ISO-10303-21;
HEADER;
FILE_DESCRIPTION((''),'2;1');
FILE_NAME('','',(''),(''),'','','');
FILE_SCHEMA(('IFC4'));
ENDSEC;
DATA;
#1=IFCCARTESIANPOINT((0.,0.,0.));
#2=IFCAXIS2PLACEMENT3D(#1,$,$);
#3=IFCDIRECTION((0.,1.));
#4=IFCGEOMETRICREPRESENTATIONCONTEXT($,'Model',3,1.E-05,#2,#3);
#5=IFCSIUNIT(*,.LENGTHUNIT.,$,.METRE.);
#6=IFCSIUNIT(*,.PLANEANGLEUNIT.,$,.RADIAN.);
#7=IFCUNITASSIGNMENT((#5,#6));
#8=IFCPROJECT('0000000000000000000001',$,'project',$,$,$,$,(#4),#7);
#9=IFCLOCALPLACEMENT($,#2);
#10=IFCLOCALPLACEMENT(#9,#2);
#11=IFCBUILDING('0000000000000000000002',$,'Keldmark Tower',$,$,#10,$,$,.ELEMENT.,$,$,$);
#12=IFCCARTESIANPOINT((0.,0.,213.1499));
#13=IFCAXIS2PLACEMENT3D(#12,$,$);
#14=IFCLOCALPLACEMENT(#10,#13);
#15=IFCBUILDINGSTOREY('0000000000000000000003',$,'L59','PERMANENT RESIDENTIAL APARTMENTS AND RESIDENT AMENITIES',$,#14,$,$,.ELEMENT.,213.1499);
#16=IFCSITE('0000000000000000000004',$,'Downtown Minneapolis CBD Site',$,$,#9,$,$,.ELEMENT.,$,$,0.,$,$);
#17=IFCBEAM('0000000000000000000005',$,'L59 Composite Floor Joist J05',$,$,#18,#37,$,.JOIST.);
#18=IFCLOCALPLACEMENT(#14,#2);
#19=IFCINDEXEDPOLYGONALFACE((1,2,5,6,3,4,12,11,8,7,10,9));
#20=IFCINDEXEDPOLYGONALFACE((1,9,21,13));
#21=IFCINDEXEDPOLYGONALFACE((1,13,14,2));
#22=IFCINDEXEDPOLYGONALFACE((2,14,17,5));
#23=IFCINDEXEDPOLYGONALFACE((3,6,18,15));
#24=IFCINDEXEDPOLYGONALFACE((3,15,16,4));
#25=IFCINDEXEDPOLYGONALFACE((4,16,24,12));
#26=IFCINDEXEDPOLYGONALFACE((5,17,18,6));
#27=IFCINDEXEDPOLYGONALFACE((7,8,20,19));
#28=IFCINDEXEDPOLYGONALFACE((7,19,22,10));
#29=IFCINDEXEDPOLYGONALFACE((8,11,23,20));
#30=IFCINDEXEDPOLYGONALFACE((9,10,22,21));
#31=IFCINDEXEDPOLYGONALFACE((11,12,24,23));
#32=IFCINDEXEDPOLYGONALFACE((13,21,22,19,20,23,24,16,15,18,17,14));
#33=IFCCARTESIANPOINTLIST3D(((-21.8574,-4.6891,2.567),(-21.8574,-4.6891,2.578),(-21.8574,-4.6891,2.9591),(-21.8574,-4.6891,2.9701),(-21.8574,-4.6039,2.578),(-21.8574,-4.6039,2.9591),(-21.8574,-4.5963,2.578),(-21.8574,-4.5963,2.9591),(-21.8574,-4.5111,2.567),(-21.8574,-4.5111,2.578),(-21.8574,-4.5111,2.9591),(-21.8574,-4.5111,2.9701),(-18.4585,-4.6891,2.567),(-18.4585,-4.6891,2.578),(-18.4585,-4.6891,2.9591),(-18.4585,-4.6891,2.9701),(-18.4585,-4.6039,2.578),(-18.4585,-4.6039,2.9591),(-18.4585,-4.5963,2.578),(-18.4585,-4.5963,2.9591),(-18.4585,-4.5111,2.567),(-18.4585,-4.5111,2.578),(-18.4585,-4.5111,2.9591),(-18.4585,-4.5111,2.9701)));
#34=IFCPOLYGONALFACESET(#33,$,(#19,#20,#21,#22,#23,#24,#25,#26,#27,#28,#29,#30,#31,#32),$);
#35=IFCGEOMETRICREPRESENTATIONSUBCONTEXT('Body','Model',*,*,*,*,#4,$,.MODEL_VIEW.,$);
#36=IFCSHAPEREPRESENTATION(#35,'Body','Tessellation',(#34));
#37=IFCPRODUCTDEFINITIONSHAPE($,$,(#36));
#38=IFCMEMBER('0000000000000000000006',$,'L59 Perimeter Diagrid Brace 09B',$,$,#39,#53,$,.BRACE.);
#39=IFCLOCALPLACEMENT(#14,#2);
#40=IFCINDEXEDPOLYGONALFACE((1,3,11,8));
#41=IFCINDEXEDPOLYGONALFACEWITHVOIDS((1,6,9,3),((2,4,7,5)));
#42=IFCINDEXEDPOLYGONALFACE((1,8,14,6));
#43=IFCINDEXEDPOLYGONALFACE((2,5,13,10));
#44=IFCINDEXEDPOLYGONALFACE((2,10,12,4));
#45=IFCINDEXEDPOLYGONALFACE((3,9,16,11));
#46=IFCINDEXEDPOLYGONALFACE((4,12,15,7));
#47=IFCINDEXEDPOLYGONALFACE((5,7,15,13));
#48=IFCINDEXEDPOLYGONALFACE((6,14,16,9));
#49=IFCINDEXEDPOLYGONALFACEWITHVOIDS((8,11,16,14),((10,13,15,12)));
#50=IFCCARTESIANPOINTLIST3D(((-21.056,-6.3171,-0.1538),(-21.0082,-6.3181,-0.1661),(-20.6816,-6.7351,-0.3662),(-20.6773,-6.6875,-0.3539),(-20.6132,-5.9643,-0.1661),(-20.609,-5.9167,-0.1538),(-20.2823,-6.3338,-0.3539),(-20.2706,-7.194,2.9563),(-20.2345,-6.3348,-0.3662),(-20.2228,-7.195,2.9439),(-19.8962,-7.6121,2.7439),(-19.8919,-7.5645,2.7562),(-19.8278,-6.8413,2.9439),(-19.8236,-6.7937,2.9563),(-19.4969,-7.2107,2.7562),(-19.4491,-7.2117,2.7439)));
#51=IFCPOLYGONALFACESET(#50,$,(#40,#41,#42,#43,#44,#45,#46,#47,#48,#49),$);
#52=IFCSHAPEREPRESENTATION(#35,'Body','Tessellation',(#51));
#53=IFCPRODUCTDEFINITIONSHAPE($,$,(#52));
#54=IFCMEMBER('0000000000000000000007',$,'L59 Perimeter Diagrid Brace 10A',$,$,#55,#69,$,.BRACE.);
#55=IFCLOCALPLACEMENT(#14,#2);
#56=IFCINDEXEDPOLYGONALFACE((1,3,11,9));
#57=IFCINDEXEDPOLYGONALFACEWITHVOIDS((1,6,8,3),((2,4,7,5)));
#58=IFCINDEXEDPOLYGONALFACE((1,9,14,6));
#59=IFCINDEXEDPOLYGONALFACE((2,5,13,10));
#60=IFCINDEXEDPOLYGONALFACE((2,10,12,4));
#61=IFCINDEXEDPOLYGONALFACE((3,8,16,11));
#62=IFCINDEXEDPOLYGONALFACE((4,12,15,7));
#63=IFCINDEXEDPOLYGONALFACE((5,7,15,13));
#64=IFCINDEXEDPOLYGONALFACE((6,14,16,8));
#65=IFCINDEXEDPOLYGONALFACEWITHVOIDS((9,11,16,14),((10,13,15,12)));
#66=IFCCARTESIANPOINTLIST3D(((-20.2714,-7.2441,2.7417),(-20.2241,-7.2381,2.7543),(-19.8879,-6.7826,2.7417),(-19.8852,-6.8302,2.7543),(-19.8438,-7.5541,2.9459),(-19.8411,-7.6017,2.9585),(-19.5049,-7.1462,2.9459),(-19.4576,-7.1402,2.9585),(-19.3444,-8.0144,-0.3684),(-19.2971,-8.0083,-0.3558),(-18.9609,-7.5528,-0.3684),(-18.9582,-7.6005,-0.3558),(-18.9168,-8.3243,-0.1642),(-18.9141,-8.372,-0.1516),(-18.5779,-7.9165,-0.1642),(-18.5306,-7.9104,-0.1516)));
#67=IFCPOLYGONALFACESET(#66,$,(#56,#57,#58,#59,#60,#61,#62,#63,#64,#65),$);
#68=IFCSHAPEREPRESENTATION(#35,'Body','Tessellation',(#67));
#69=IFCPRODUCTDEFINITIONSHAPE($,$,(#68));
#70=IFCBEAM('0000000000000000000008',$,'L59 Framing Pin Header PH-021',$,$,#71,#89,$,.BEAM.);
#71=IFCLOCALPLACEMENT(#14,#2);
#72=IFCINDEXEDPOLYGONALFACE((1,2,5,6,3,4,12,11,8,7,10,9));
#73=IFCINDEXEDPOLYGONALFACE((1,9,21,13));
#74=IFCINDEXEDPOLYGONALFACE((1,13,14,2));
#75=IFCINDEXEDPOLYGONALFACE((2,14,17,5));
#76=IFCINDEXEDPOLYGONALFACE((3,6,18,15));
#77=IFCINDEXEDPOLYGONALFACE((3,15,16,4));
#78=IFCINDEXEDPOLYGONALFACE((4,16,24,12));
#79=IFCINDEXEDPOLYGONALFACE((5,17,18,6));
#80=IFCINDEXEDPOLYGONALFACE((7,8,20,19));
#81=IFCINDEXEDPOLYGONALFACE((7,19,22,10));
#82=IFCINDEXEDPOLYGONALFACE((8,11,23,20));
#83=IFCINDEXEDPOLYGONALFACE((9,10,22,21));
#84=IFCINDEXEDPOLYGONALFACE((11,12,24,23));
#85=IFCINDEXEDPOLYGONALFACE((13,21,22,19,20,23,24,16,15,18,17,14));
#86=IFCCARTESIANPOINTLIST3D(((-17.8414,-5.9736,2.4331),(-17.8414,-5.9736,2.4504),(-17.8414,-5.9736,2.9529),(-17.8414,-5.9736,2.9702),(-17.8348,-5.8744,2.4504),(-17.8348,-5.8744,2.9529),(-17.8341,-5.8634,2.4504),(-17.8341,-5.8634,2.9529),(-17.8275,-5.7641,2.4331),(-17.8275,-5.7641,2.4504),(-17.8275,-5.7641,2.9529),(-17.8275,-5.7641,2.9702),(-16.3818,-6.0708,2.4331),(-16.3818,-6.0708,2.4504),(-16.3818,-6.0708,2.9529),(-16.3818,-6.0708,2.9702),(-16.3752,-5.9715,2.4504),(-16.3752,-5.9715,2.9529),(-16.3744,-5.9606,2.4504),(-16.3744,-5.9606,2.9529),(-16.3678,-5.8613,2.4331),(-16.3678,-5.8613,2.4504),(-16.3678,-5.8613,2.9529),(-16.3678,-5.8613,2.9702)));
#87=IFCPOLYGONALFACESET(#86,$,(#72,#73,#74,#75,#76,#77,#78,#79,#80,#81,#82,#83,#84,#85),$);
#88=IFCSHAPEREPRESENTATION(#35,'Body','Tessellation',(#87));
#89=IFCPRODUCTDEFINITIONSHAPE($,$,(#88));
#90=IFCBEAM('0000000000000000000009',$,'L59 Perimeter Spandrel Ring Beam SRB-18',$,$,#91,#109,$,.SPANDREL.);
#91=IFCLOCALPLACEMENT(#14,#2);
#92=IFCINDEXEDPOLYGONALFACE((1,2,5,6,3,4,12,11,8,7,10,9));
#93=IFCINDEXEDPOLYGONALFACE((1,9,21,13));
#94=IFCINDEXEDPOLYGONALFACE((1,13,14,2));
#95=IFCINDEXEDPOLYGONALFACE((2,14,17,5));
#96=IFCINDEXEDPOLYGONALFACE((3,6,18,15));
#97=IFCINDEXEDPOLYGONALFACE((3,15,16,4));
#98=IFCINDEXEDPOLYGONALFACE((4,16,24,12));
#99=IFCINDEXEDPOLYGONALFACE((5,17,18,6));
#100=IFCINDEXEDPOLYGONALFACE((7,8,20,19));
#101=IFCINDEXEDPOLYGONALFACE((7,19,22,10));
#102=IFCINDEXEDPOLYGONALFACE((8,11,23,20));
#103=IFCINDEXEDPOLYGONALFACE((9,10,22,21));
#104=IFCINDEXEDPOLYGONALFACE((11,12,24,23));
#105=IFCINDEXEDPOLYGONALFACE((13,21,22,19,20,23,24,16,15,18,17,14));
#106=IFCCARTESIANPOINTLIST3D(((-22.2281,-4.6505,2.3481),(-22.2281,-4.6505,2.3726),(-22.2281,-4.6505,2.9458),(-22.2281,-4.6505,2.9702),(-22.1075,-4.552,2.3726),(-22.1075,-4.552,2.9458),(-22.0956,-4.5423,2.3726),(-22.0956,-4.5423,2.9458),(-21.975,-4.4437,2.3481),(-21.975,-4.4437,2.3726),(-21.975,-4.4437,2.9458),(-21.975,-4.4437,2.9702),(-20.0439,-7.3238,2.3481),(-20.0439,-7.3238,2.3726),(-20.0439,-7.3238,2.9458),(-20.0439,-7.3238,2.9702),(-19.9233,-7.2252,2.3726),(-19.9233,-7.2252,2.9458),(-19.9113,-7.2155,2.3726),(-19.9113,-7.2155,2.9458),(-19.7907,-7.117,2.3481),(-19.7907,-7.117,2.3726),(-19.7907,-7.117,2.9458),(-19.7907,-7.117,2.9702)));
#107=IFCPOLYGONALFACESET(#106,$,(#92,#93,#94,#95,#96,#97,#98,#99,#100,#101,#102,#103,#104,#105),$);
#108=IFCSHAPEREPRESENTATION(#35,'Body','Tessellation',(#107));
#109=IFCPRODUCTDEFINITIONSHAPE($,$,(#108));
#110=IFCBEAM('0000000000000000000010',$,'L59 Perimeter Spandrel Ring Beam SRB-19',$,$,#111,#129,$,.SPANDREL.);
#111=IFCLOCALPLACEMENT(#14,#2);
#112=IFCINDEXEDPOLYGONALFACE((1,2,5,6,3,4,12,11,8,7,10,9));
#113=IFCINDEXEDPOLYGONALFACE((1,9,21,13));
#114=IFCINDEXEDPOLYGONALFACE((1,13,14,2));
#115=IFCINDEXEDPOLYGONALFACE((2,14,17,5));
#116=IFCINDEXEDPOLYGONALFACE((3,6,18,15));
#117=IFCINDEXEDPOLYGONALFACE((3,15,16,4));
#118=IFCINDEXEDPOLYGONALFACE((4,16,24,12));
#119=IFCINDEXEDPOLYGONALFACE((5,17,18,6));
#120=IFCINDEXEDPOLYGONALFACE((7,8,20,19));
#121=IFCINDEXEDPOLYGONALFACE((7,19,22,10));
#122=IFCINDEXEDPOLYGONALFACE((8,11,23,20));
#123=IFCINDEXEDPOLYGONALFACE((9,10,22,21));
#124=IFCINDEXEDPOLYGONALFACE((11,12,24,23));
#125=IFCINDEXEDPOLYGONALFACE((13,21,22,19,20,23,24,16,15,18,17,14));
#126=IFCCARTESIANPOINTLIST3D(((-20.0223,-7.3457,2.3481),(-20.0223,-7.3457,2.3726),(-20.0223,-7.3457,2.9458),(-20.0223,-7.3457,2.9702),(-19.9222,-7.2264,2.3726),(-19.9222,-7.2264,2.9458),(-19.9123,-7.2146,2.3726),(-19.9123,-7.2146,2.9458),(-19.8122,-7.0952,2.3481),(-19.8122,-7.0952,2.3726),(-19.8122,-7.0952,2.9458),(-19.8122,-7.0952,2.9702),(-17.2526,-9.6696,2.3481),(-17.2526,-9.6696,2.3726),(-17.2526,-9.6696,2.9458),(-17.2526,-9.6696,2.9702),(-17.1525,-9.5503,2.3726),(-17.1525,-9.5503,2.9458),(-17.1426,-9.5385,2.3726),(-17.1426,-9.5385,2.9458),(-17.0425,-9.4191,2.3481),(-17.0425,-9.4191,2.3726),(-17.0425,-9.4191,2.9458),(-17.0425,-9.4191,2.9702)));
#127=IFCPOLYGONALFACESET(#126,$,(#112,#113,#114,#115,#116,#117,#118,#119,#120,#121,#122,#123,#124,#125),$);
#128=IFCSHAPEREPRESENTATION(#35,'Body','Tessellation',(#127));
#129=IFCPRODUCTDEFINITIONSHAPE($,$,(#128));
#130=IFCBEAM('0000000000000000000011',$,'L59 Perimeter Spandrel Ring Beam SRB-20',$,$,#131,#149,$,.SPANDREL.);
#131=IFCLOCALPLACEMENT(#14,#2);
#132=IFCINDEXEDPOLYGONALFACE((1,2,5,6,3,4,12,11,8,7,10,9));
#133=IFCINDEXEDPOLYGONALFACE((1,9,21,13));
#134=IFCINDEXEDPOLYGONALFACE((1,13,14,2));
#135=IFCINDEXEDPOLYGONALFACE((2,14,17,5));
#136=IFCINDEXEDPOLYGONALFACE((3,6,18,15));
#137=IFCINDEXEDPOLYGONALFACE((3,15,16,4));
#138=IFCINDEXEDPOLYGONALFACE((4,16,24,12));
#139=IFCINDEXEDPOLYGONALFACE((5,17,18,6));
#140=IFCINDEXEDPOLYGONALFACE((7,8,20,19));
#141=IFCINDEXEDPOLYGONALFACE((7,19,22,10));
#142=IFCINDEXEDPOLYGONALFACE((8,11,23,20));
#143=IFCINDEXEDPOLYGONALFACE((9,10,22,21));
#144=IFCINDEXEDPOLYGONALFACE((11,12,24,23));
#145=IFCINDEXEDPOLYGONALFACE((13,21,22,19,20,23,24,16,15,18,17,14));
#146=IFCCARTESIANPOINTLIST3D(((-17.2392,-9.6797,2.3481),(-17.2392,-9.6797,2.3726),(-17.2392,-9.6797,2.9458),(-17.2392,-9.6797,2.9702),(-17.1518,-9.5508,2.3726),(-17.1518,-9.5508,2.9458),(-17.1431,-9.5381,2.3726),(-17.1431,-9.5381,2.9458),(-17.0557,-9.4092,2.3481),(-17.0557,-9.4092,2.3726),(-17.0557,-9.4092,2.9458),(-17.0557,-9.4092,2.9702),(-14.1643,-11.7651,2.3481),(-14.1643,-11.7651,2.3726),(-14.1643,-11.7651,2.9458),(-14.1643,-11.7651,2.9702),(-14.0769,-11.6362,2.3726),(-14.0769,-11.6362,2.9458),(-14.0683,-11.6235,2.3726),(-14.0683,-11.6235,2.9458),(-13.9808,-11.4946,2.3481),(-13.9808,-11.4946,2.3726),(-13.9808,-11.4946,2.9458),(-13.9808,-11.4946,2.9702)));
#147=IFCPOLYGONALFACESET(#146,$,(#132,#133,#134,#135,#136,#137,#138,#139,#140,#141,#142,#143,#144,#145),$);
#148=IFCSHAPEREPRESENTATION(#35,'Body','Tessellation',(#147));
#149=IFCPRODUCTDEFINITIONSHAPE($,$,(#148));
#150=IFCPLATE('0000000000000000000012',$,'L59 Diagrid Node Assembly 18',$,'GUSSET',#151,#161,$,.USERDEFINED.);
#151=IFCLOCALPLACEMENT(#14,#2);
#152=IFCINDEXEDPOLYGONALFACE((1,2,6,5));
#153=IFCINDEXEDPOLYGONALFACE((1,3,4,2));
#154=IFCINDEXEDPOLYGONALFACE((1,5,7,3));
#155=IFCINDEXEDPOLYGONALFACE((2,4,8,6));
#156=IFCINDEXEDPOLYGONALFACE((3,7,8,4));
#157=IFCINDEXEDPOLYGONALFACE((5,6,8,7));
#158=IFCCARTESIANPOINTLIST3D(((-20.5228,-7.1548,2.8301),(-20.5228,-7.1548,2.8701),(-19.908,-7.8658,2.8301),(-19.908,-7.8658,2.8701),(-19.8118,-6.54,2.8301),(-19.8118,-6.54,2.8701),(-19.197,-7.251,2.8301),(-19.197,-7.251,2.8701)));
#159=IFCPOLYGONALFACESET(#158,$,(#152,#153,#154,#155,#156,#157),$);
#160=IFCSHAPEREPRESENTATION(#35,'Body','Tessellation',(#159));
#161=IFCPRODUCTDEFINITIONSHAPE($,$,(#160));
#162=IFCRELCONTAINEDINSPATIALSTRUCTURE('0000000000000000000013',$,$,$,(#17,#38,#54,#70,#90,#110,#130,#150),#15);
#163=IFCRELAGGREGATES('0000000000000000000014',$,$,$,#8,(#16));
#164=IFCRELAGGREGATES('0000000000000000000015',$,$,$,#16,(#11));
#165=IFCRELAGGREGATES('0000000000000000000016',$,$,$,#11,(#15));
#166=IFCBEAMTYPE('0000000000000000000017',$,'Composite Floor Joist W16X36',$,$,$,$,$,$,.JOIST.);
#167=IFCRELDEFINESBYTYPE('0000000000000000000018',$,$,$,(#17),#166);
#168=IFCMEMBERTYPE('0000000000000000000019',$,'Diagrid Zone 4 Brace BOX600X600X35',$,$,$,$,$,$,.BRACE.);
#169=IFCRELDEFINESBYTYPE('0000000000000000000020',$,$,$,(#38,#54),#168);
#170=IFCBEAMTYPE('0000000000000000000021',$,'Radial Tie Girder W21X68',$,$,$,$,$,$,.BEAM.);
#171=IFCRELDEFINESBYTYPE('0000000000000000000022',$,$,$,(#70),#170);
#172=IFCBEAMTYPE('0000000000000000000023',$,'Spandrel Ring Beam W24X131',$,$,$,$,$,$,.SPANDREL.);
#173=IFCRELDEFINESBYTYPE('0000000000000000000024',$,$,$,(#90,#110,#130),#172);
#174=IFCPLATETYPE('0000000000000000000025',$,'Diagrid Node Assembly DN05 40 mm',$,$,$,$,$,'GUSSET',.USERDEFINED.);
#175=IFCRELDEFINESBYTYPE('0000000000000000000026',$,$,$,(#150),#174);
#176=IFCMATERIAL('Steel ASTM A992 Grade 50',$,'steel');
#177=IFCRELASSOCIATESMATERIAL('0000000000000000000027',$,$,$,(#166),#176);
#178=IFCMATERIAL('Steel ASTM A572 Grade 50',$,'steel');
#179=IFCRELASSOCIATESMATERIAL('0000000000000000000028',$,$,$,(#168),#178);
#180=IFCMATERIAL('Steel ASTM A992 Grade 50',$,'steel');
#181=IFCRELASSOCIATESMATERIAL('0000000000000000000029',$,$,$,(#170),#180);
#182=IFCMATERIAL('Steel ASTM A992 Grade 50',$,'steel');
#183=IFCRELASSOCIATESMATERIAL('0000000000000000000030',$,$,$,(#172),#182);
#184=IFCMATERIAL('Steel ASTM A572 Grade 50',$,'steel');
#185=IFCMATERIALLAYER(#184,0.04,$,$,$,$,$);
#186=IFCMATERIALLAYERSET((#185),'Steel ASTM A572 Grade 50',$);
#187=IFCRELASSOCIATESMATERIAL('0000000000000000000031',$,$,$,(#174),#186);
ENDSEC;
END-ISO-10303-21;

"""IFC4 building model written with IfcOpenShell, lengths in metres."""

from ifc_helpers import new_model, si_unit, direction, frame, origin, origin_2d, place, context, subcontext, project, spatial, rectangle, hollow_rectangle, i_section, extrude, material, layer, layer_set, material_profile, profile_set, type_object, element, save


model = new_model("IFC4")

# Units and contexts
model_context = context("Model", 3, precision=1e-05, world=origin(), true_north=direction((0.0, 1.0)))
body_context = subcontext(model_context, "Body", "Model", "MODEL_VIEW")
ifc_project = project(units=[si_unit("LENGTHUNIT", "METRE"), si_unit("PLANEANGLEUNIT", "RADIAN")], contexts=[model_context])

# Site, building, storey
site_placement = place(None, origin())
site = spatial("IfcSite", under=ifc_project, at=site_placement, Name="Downtown Minneapolis CBD Site", CompositionType="ELEMENT", RefElevation=0.0)
building_placement = place(site_placement, origin())
building = spatial("IfcBuilding", under=site, at=building_placement, Name="Keldmark Tower", CompositionType="ELEMENT")
storey_placement = place(building_placement, frame((0.0, 0.0, 213.1499)))
storey = spatial("IfcBuildingStorey", under=building, at=storey_placement, Name="L59", Description="PERMANENT RESIDENTIAL APARTMENTS AND RESIDENT AMENITIES", CompositionType="ELEMENT", Elevation=213.1499)

# Beam
ifc_material_1 = material(Name="Steel ASTM A992 Grade 50", Category="steel")
ifc_material_profile_1 = material_profile(ifc_material_1, i_section(OverallWidth=0.178, OverallDepth=0.4031, WebThickness=0.0076, FlangeThickness=0.011, at=origin_2d()), Name="W16X36")
ifc_profile_set_1 = profile_set([ifc_material_profile_1], Name="Steel ASTM A992 Grade 50")
beam_type_1 = type_object("IfcBeamType", Name="Composite Floor Joist W16X36", PredefinedType="JOIST", material=ifc_profile_set_1)
beam_1_placement = place(storey_placement, frame((-21.8574, -4.6001, 2.7686), z_axis=(1.0, 0.0, 0.0), x_axis=(0.0, 1.0, 0.0)))
element("IfcBeam", 1, at=beam_1_placement, inside=storey, type_object=beam_type_1, Name="L59 Composite Floor Joist J05", PredefinedType="JOIST", context=body_context, shape_type="SweptSolid", body=[
    extrude(i_section(OverallWidth=0.178, OverallDepth=0.4031, WebThickness=0.0076, FlangeThickness=0.011, at=origin_2d()), origin(), (0.0, 0.0, 1.0), 3.3989),
])

# Members
ifc_material_2 = material(Name="Steel ASTM A572 Grade 50", Category="steel")
ifc_material_profile_2 = material_profile(ifc_material_2, hollow_rectangle(XDim=0.6001, YDim=0.6001, WallThickness=0.0349, at=origin_2d()), Name="BOX600X600X35")
ifc_profile_set_2 = profile_set([ifc_material_profile_2], Name="Steel ASTM A572 Grade 50")
member_type = type_object("IfcMemberType", Name="Diagrid Zone 4 Brace BOX600X600X35", PredefinedType="BRACE", material=ifc_profile_set_2)
member_1_placement = place(storey_placement, frame((-20.6453, -6.3259, -0.26), z_axis=(0.236178, -0.263709, 0.935242), x_axis=(0.744921, 0.667152, 0.0)))
element("IfcMember", 2, at=member_1_placement, inside=storey, type_object=member_type, Name="L59 Perimeter Diagrid Brace 09B", PredefinedType="BRACE", context=body_context, shape_type="SweptSolid", body=[
    extrude(hollow_rectangle(XDim=0.6001, YDim=0.6001, WallThickness=0.0349, at=origin_2d()), origin(), (0.0, 0.0, 1.0), 3.3254),
])
member_2_placement = place(storey_placement, frame((-18.9375, -7.9624, -0.26), z_axis=(-0.277922, 0.230931, 0.932433), x_axis=(-0.639088, -0.769134, 0.0)))
element("IfcMember", 3, at=member_2_placement, inside=storey, type_object=member_type, Name="L59 Perimeter Diagrid Brace 10A", PredefinedType="BRACE", context=body_context, shape_type="SweptSolid", body=[
    extrude(hollow_rectangle(XDim=0.6001, YDim=0.6001, WallThickness=0.0349, at=origin_2d()), origin(), (0.0, 0.0, 1.0), 3.3354),
])

# Beams
ifc_material_3 = material(Name="Steel ASTM A992 Grade 50", Category="steel")
ifc_material_profile_3 = material_profile(ifc_material_3, i_section(OverallWidth=0.21, OverallDepth=0.5371, WebThickness=0.011, FlangeThickness=0.0173, at=origin_2d()), Name="W21X68")
ifc_profile_set_3 = profile_set([ifc_material_profile_3], Name="Steel ASTM A992 Grade 50")
beam_type_2 = type_object("IfcBeamType", Name="Radial Tie Girder W21X68", PredefinedType="BEAM", material=ifc_profile_set_3)
beam_2_placement = place(storey_placement, frame((-17.8345, -5.8689, 2.7017), z_axis=(0.997792, -0.066419, 0.0), x_axis=(0.066419, 0.997792, 0.0)))
element("IfcBeam", 4, at=beam_2_placement, inside=storey, type_object=beam_type_2, Name="L59 Framing Pin Header PH-021", PredefinedType="BEAM", context=body_context, shape_type="SweptSolid", body=[
    extrude(i_section(OverallWidth=0.21, OverallDepth=0.5371, WebThickness=0.011, FlangeThickness=0.0173, at=origin_2d()), origin(), (0.0, 0.0, 1.0), 1.4629),
])
ifc_material_4 = material(Name="Steel ASTM A992 Grade 50", Category="steel")
ifc_material_profile_4 = material_profile(ifc_material_4, i_section(OverallWidth=0.3269, OverallDepth=0.6221, WebThickness=0.0154, FlangeThickness=0.0244, at=origin_2d()), Name="W24X131")
ifc_profile_set_4 = profile_set([ifc_material_profile_4], Name="Steel ASTM A992 Grade 50")
beam_type_3 = type_object("IfcBeamType", Name="Spandrel Ring Beam W24X131", PredefinedType="SPANDREL", material=ifc_profile_set_4)
beam_3_placement = place(storey_placement, frame((-22.1016, -4.5471, 2.6592), z_axis=(0.632725, -0.774376, 0.0), x_axis=(0.774376, 0.632725, 0.0)))
element("IfcBeam", 5, at=beam_3_placement, inside=storey, type_object=beam_type_3, Name="L59 Perimeter Spandrel Ring Beam SRB-18", PredefinedType="SPANDREL", context=body_context, shape_type="SweptSolid", body=[
    extrude(i_section(OverallWidth=0.3269, OverallDepth=0.6221, WebThickness=0.0154, FlangeThickness=0.0244, at=origin_2d()), origin(), (0.0, 0.0, 1.0), 3.4521),
])
beam_4_placement = place(storey_placement, frame((-19.9172, -7.2205, 2.6592), z_axis=(0.766064, -0.642764, 0.0), x_axis=(0.642764, 0.766064, 0.0)))
element("IfcBeam", 6, at=beam_4_placement, inside=storey, type_object=beam_type_3, Name="L59 Perimeter Spandrel Ring Beam SRB-19", PredefinedType="SPANDREL", context=body_context, shape_type="SweptSolid", body=[
    extrude(i_section(OverallWidth=0.3269, OverallDepth=0.6221, WebThickness=0.0154, FlangeThickness=0.0244, at=origin_2d()), origin(), (0.0, 0.0, 1.0), 3.6155),
])
beam_5_placement = place(storey_placement, frame((-17.1475, -9.5444, 2.6592), z_axis=(0.827616, -0.561294, 0.0), x_axis=(0.561294, 0.827616, 0.0)))
element("IfcBeam", 7, at=beam_5_placement, inside=storey, type_object=beam_type_3, Name="L59 Perimeter Spandrel Ring Beam SRB-20", PredefinedType="SPANDREL", context=body_context, shape_type="SweptSolid", body=[
    extrude(i_section(OverallWidth=0.3269, OverallDepth=0.6221, WebThickness=0.0154, FlangeThickness=0.0244, at=origin_2d()), origin(), (0.0, 0.0, 1.0), 3.7153),
])

# Plate
ifc_material_5 = material(Name="Steel ASTM A572 Grade 50", Category="steel")
ifc_layer_1 = layer(ifc_material_5, 0.04)
ifc_layer_set_1 = layer_set([ifc_layer_1], Name="Steel ASTM A572 Grade 50")
plate_type = type_object("IfcPlateType", Name="Diagrid Node Assembly DN05 40 mm", ElementType="GUSSET", PredefinedType="USERDEFINED", material=ifc_layer_set_1)
plate_placement = place(storey_placement, frame((-19.8599, -7.2029, 2.8301), z_axis=(0.0, 0.0, 1.0), x_axis=(0.654081, -0.756425, 0.0)))
element("IfcPlate", 8, at=plate_placement, inside=storey, type_object=plate_type, Name="L59 Diagrid Node Assembly 18", ObjectType="GUSSET", PredefinedType="USERDEFINED", context=body_context, shape_type="SweptSolid", body=[
    extrude(rectangle(XDim=0.9399, YDim=0.9399, at=origin_2d()), origin(), (0.0, 0.0, 1.0), 0.04),
])

save(model, "model.ifc")
